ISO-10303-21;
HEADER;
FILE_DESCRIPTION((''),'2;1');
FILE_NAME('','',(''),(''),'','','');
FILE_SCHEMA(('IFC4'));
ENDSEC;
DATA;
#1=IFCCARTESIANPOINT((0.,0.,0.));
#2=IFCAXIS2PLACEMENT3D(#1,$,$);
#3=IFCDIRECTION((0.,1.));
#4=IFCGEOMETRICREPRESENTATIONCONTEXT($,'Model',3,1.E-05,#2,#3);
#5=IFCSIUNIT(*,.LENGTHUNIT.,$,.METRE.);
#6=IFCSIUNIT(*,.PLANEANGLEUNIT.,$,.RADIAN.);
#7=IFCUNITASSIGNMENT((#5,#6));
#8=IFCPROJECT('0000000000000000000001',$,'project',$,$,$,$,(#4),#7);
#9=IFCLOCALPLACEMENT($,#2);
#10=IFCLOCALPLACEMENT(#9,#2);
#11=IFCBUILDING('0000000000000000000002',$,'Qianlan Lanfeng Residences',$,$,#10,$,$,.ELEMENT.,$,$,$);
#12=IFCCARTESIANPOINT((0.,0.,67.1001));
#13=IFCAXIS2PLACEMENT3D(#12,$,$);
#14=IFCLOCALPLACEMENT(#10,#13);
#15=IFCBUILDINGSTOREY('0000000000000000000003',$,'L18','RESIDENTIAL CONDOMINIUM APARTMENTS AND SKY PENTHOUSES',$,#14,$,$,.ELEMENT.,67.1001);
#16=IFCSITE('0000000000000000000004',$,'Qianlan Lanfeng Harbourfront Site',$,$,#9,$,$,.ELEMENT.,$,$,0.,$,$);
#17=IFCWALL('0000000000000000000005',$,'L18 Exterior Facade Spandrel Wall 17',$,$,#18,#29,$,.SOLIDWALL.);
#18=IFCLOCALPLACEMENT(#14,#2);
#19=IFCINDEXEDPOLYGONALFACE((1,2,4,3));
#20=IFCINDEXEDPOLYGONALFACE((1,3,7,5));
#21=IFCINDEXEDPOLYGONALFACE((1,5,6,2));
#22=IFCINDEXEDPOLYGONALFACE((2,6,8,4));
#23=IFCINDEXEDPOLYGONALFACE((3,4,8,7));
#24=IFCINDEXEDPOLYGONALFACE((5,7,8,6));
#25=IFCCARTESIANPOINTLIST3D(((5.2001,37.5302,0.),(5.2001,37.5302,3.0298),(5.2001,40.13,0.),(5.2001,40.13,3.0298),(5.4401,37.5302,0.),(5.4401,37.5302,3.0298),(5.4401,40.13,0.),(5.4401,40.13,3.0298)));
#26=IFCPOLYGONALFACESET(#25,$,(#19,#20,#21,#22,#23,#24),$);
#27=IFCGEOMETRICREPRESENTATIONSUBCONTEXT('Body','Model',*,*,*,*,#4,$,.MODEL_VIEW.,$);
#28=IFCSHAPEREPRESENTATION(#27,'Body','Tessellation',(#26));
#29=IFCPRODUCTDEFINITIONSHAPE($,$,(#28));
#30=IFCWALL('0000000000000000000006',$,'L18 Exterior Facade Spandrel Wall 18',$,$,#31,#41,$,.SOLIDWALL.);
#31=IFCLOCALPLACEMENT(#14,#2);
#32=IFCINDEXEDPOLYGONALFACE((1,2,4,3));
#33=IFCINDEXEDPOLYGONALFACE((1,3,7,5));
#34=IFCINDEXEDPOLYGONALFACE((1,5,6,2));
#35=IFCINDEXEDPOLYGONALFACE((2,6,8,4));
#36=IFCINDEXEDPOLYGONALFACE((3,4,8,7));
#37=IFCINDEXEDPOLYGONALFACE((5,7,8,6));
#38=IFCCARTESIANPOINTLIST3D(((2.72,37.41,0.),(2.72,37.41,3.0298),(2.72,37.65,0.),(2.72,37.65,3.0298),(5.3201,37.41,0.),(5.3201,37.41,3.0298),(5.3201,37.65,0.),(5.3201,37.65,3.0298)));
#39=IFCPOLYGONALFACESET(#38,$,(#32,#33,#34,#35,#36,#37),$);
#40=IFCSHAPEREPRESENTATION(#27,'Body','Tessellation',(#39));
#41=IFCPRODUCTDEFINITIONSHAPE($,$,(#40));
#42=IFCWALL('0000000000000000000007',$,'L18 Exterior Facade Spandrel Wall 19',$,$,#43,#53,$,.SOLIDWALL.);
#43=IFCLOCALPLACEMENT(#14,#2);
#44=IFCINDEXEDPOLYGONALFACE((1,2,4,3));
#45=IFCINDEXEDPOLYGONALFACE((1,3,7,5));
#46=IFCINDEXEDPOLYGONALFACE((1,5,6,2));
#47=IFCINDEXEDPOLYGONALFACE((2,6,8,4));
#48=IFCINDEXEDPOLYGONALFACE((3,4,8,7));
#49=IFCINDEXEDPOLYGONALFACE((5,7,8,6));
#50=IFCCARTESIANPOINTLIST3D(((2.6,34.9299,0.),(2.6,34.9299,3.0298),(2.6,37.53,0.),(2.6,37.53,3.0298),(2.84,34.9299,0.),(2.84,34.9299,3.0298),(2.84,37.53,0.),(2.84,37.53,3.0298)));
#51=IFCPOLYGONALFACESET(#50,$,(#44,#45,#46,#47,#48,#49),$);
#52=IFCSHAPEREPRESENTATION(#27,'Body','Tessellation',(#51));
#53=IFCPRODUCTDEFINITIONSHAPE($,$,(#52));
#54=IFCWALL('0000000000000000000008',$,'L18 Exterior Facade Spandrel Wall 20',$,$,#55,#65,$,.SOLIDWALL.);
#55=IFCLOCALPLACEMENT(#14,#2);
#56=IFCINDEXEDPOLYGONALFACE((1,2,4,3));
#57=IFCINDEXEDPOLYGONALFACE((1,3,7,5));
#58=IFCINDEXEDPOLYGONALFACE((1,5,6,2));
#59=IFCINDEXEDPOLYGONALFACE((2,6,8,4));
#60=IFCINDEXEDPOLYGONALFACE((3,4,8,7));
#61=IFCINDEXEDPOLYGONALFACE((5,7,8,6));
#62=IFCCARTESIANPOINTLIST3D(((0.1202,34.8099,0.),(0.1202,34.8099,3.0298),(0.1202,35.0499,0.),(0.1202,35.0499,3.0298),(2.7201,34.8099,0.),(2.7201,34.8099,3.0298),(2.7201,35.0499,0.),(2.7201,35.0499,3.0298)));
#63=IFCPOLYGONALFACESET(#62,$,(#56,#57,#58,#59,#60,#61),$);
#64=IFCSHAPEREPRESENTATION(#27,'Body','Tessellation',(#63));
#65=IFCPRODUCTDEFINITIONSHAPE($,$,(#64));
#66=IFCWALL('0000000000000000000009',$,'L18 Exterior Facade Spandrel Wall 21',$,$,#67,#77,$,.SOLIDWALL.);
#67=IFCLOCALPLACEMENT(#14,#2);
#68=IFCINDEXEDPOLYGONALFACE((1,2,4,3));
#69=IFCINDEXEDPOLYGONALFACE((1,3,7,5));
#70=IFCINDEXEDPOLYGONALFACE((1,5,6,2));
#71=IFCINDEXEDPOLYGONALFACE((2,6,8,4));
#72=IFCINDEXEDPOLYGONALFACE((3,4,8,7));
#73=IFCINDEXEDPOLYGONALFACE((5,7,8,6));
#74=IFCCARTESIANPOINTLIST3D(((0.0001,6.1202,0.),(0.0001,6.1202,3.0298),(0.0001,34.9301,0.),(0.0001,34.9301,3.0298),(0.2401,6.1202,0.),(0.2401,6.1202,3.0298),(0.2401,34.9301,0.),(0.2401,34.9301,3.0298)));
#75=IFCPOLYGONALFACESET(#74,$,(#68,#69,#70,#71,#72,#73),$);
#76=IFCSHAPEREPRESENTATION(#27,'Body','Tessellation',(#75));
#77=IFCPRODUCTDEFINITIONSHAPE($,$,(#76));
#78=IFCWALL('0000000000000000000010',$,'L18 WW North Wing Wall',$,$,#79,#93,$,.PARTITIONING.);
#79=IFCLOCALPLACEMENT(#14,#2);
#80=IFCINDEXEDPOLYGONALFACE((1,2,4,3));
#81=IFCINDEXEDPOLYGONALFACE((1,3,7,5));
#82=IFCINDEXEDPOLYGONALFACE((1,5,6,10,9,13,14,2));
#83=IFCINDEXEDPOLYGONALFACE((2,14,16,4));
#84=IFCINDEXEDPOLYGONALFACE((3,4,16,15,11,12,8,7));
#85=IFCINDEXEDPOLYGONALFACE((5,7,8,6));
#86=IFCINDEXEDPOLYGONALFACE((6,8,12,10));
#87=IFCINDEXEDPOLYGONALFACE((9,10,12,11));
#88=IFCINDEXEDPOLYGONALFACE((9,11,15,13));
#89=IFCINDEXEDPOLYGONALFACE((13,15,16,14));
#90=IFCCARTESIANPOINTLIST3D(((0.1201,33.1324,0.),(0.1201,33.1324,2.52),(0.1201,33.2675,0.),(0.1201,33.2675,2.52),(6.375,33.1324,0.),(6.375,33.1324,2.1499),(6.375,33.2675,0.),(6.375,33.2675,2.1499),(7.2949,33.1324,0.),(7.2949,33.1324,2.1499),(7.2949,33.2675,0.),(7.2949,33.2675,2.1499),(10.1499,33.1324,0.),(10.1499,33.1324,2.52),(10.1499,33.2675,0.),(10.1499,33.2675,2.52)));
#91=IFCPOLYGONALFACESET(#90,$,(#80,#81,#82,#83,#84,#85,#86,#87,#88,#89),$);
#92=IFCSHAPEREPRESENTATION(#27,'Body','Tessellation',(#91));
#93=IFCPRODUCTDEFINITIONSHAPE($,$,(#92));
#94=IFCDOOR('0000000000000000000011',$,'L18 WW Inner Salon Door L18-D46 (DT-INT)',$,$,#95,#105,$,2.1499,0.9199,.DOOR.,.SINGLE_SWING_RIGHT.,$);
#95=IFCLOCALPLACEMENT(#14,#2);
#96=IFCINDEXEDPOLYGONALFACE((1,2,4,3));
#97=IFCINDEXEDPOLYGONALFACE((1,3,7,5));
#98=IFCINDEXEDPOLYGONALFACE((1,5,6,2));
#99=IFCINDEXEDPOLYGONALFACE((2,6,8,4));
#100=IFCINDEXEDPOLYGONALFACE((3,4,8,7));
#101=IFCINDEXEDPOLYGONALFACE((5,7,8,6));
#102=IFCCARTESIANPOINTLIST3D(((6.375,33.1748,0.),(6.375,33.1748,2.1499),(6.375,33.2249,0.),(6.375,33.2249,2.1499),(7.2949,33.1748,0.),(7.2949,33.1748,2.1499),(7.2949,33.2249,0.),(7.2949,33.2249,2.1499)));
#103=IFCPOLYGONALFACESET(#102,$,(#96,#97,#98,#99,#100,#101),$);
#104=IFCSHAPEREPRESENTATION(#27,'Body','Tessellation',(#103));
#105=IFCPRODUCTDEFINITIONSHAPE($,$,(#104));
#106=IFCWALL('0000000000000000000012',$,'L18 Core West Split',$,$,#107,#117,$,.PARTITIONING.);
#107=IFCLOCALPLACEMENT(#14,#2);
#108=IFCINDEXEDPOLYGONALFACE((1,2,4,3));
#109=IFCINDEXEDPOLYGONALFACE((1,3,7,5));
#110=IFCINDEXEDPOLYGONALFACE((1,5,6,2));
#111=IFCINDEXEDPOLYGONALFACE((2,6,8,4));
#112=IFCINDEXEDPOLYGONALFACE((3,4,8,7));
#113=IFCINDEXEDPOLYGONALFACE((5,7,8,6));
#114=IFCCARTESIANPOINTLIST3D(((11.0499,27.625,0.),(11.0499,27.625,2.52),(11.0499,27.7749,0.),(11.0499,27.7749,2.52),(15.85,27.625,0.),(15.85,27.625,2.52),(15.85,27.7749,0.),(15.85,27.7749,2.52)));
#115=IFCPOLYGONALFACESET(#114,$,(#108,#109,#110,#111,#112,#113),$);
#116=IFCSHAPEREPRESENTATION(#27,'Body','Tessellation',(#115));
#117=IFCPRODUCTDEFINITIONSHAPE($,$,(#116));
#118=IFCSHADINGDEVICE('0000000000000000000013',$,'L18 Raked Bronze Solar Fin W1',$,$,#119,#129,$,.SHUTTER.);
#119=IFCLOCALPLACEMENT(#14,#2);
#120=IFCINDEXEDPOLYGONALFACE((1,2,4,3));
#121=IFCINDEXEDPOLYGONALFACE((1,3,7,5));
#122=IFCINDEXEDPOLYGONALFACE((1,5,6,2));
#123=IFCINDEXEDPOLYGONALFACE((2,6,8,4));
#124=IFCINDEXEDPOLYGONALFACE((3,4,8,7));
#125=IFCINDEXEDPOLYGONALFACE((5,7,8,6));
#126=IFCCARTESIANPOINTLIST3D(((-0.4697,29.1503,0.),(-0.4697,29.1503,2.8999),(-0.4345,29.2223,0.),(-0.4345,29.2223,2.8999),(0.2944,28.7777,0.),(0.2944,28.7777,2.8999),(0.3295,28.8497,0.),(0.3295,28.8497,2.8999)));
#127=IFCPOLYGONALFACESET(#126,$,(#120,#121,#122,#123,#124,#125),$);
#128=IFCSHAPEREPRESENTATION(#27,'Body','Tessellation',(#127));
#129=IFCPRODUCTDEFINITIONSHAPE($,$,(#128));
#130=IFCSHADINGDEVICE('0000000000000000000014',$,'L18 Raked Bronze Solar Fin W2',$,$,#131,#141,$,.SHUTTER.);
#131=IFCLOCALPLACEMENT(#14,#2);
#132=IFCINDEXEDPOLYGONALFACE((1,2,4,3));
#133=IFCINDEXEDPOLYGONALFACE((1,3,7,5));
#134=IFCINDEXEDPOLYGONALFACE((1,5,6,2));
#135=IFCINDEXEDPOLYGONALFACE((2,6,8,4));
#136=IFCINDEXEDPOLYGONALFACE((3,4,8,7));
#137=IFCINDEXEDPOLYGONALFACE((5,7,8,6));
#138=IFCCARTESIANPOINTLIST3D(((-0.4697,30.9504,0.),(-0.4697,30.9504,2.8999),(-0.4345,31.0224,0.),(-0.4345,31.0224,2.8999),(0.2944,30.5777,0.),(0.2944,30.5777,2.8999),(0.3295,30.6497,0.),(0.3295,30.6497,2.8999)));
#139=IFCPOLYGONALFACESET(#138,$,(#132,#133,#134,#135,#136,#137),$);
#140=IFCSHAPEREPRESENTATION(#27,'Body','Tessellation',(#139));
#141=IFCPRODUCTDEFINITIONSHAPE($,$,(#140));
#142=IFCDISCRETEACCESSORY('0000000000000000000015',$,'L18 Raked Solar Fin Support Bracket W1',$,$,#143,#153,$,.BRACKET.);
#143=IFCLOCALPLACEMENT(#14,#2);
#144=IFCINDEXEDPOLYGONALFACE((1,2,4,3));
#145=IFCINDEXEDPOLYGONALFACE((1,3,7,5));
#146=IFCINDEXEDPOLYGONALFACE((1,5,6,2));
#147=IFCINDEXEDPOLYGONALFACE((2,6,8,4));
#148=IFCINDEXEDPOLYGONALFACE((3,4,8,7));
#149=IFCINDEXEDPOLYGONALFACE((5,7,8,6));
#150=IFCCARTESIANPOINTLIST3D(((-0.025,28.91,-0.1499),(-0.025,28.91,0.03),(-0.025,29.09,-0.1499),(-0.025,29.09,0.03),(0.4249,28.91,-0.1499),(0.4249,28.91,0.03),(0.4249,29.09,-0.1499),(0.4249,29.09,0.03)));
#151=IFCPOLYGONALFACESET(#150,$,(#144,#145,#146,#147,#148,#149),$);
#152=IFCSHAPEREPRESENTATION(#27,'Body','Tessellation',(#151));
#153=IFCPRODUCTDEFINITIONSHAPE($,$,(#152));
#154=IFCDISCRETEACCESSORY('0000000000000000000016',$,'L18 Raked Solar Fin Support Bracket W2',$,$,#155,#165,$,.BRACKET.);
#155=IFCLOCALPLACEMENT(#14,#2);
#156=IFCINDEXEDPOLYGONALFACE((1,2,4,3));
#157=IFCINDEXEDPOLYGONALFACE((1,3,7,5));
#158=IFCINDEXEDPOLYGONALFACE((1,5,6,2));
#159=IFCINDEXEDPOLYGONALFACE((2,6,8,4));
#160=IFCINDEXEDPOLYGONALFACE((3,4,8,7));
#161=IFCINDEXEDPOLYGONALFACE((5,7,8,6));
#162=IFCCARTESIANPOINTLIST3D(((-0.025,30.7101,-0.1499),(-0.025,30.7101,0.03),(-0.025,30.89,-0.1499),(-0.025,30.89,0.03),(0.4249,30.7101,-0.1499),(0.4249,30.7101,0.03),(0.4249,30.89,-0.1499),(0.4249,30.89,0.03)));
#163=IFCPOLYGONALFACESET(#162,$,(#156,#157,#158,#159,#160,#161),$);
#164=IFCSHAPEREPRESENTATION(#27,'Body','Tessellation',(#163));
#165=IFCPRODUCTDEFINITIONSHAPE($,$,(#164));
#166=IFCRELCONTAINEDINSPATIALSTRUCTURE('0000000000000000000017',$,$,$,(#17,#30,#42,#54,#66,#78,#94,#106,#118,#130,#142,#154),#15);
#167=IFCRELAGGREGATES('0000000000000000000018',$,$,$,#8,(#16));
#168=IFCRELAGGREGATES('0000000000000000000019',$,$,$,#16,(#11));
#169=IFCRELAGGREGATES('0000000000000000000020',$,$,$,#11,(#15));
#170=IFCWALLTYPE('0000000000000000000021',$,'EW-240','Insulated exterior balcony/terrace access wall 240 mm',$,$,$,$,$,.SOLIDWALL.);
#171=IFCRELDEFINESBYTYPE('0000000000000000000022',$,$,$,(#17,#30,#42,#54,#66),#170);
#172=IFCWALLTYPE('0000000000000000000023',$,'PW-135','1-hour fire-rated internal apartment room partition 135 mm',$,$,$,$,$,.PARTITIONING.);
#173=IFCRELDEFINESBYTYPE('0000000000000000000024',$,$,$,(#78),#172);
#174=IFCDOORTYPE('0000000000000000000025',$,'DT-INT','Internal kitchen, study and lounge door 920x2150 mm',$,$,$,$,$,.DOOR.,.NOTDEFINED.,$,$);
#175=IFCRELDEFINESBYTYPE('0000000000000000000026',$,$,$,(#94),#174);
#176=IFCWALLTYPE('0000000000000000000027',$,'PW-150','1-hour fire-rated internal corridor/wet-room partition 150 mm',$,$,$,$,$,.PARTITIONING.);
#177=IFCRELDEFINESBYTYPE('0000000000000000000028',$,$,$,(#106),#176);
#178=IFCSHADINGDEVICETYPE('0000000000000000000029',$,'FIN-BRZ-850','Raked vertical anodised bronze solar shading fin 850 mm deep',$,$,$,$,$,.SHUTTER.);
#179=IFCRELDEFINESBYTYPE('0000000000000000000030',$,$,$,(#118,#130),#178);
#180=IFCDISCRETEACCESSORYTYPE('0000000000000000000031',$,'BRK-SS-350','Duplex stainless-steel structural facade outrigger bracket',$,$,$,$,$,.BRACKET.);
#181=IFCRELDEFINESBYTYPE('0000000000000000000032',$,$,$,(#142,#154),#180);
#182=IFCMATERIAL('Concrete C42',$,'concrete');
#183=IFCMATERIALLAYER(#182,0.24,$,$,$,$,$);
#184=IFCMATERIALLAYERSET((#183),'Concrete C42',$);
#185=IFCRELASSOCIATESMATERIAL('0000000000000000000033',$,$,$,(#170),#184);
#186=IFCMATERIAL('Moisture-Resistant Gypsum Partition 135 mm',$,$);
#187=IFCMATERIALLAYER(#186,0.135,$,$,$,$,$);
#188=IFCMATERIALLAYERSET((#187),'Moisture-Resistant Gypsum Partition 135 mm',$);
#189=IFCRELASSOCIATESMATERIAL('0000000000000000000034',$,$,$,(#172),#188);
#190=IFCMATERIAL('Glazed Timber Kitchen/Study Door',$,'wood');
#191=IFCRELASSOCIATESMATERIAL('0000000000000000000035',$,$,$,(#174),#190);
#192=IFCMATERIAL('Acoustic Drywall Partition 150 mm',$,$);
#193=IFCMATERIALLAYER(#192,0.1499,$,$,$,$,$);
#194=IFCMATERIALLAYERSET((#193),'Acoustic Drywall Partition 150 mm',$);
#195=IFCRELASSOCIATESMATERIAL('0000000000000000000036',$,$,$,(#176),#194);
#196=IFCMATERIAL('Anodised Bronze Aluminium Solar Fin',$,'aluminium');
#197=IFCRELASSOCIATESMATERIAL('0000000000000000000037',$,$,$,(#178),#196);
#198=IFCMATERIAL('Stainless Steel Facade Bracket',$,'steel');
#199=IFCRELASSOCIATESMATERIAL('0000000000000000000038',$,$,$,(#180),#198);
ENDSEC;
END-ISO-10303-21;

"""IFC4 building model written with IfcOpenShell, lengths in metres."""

from ifc_helpers import new_model, si_unit, direction, frame, frame_2d, origin, origin_2d, place, context, subcontext, project, spatial, rectangle, extrude, source, transform, mapped, material, layer, layer_set, type_object, element, fill, save


model = new_model("IFC4")

# Units and contexts
model_context = context("Model", 3, precision=1e-05, world=origin(), true_north=direction((0.0, 1.0)))
body_context = subcontext(model_context, "Body", "Model", "MODEL_VIEW")
ifc_project = project(units=[si_unit("LENGTHUNIT", "METRE"), si_unit("PLANEANGLEUNIT", "RADIAN")], contexts=[model_context])

# Site, building, storey
site_placement = place(None, origin())
site = spatial("IfcSite", under=ifc_project, at=site_placement, Name="Qianlan Lanfeng Harbourfront Site", CompositionType="ELEMENT", RefElevation=0.0)
building_placement = place(site_placement, origin())
building = spatial("IfcBuilding", under=site, at=building_placement, Name="Qianlan Lanfeng Residences", CompositionType="ELEMENT")
storey_placement = place(building_placement, frame((0.0, 0.0, 67.1001)))
storey = spatial("IfcBuildingStorey", under=building, at=storey_placement, Name="L18", Description="RESIDENTIAL CONDOMINIUM APARTMENTS AND SKY PENTHOUSES", CompositionType="ELEMENT", Elevation=67.1001)

# Walls
ifc_material_1 = material(Name="Concrete C42", Category="concrete")
ifc_layer_1 = layer(ifc_material_1, 0.24)
ifc_layer_set_1 = layer_set([ifc_layer_1], Name="Concrete C42")
wall_type_1 = type_object("IfcWallType", Name="EW-240", Description="Insulated exterior balcony/terrace access wall 240 mm", PredefinedType="SOLIDWALL", material=ifc_layer_set_1)
wall_1_placement = place(storey_placement, frame((5.3201, 40.1299, 0.0), z_axis=(0.0, 0.0, 1.0), x_axis=(0.0, -1.0, 0.0)))
element("IfcWall", 1, at=wall_1_placement, inside=storey, type_object=wall_type_1, Name="L18 Exterior Facade Spandrel Wall 17", PredefinedType="SOLIDWALL", context=body_context, shape_type="SweptSolid", body=[
    extrude(rectangle(XDim=2.5999, YDim=0.24, at=frame_2d((1.2998, 0.0))), origin(), (0.0, 0.0, 1.0), 3.0298),
])
for number, where, z_axis, x_axis, name in (
    (2, (5.3201, 37.53, 0.0), (0.0, 0.0, 1.0), (-1.0, 0.0, 0.0), "L18 Exterior Facade Spandrel Wall 18"),
    (3, (2.72, 37.53, 0.0), (0.0, 0.0, 1.0), (0.0, -1.0, 0.0), "L18 Exterior Facade Spandrel Wall 19"),
):
    element("IfcWall", number, at=place(storey_placement, frame(where, z_axis=z_axis, x_axis=x_axis)), inside=storey, type_object=wall_type_1, Name=name, PredefinedType="SOLIDWALL", context=body_context, shape_type="SweptSolid", body=[
        extrude(rectangle(XDim=2.6001, YDim=0.24, at=frame_2d((1.3, 0.0))), origin(), (0.0, 0.0, 1.0), 3.0298),
    ])
wall_2_placement = place(storey_placement, frame((2.72, 34.9299, 0.0), z_axis=(0.0, 0.0, 1.0), x_axis=(-1.0, 0.0, 0.0)))
element("IfcWall", 4, at=wall_2_placement, inside=storey, type_object=wall_type_1, Name="L18 Exterior Facade Spandrel Wall 20", PredefinedType="SOLIDWALL", context=body_context, shape_type="SweptSolid", body=[
    extrude(rectangle(XDim=2.5999, YDim=0.24, at=frame_2d((1.2998, 0.0))), origin(), (0.0, 0.0, 1.0), 3.0298),
])
wall_3_placement = place(storey_placement, frame((0.1201, 34.9299, 0.0), z_axis=(0.0, 0.0, 1.0), x_axis=(0.0, -1.0, 0.0)))
element("IfcWall", 5, at=wall_3_placement, inside=storey, type_object=wall_type_1, Name="L18 Exterior Facade Spandrel Wall 21", PredefinedType="SOLIDWALL", context=body_context, shape_type="SweptSolid", body=[
    extrude(rectangle(XDim=28.8098, YDim=0.24, at=frame_2d((14.4048, 0.0))), origin(), (0.0, 0.0, 1.0), 3.0298),
])

# Wall, opening, door
ifc_material_2 = material(Name="Moisture-Resistant Gypsum Partition 135 mm")
ifc_layer_2 = layer(ifc_material_2, 0.135)
ifc_layer_set_2 = layer_set([ifc_layer_2], Name="Moisture-Resistant Gypsum Partition 135 mm")
wall_type_2 = type_object("IfcWallType", Name="PW-135", Description="1-hour fire-rated internal apartment room partition 135 mm", PredefinedType="PARTITIONING", material=ifc_layer_set_2)
wall_4_placement = place(storey_placement, frame((0.1201, 33.2, 0.0), z_axis=(0.0, 0.0, 1.0), x_axis=(1.0, 0.0, 0.0)))
wall_4 = element("IfcWall", 6, at=wall_4_placement, inside=storey, type_object=wall_type_2, Name="L18 WW North Wing Wall", PredefinedType="PARTITIONING", context=body_context, shape_type="SweptSolid", body=[
    extrude(rectangle(XDim=10.0298, YDim=0.135, at=frame_2d((5.0149, 0.0))), origin(), (0.0, 0.0, 1.0), 2.52),
])
opening_1_placement = place(wall_4_placement, frame((6.2549, 0.0, 0.0)))
opening_1 = element("IfcOpeningElement", 7, at=opening_1_placement, cuts=wall_4, PredefinedType="OPENING", context=body_context, shape_type="SweptSolid", body=[
    extrude(rectangle(XDim=0.9199, YDim=2.1499, at=frame_2d((0.46, 1.075))), frame((0.0, 0.0776, 0.0), z_axis=(0.0, -1.0, 0.0), x_axis=(1.0, 0.0, 0.0)), (0.0, 0.0, 1.0), 0.155),
])
ifc_material_3 = material(Name="Glazed Timber Kitchen/Study Door", Category="wood")
door_type_1 = type_object("IfcDoorType", Name="DT-INT", Description="Internal kitchen, study and lounge door 920x2150 mm", OperationType="NOTDEFINED", PredefinedType="DOOR", material=ifc_material_3)
door_1_placement = place(opening_1_placement, origin())
door_1 = element("IfcDoor", 8, at=door_1_placement, inside=storey, type_object=door_type_1, Name="L18 WW Inner Salon Door L18-D46 (DT-INT)", OperationType="SINGLE_SWING_RIGHT", OverallHeight=2.1499, OverallWidth=0.9199, PredefinedType="DOOR", context=body_context, shape_type="SweptSolid", body=[
    extrude(rectangle(XDim=0.9199, YDim=2.1499, at=frame_2d((0.46, 1.075))), frame((0.0, 0.0249, 0.0), z_axis=(0.0, -1.0, 0.0), x_axis=(1.0, 0.0, 0.0)), (0.0, 0.0, 1.0), 0.05),
])
fill(opening_1, door_1)

# Wall
ifc_material_4 = material(Name="Acoustic Drywall Partition 150 mm")
ifc_layer_3 = layer(ifc_material_4, 0.1499)
ifc_layer_set_3 = layer_set([ifc_layer_3], Name="Acoustic Drywall Partition 150 mm")
wall_type_3 = type_object("IfcWallType", Name="PW-150", Description="1-hour fire-rated internal corridor/wet-room partition 150 mm", PredefinedType="PARTITIONING", material=ifc_layer_set_3)
wall_5_placement = place(storey_placement, frame((11.05, 27.7, 0.0), z_axis=(0.0, 0.0, 1.0), x_axis=(1.0, 0.0, 0.0)))
element("IfcWall", 9, at=wall_5_placement, inside=storey, type_object=wall_type_3, Name="L18 Core West Split", PredefinedType="PARTITIONING", context=body_context, shape_type="SweptSolid", body=[
    extrude(rectangle(XDim=4.8, YDim=0.1499, at=frame_2d((2.3999, 0.0))), origin(), (0.0, 0.0, 1.0), 2.52),
])

# Shading devices
ifc_material_5 = material(Name="Anodised Bronze Aluminium Solar Fin", Category="aluminium")
shading_device_type = type_object("IfcShadingDeviceType", Name="FIN-BRZ-850", Description="Raked vertical anodised bronze solar shading fin 850 mm deep", PredefinedType="SHUTTER", material=ifc_material_5)
shared_shape_1 = source(origin(), body_context, "Body", "SweptSolid", [
    extrude(rectangle(XDim=0.8501, YDim=0.0801, at=origin_2d()), origin(), (0.0, 0.0, 1.0), 2.8999),
])
for number, where, z_axis, x_axis, name in (
    (10, (-0.0701, 29.0, 0.0), (0.0, 0.0, 1.0), (0.898794, -0.438371, 0.0), "L18 Raked Bronze Solar Fin W1"),
    (11, (-0.0701, 30.8, 0.0), (0.0, 0.0, 1.0), (0.898794, -0.438371, 0.0), "L18 Raked Bronze Solar Fin W2"),
):
    element("IfcShadingDevice", number, at=place(storey_placement, frame(where, z_axis=z_axis, x_axis=x_axis)), inside=storey, type_object=shading_device_type, Name=name, PredefinedType="SHUTTER", context=body_context, shape_type="MappedRepresentation", body=[
        mapped(shared_shape_1, transform((0.0, 0.0, 0.0), scale=1.0)),
    ])

# Discrete accessories
ifc_material_6 = material(Name="Stainless Steel Facade Bracket", Category="steel")
discrete_accessory_type = type_object("IfcDiscreteAccessoryType", Name="BRK-SS-350", Description="Duplex stainless-steel structural facade outrigger bracket", PredefinedType="BRACKET", material=ifc_material_6)
shared_shape_2 = source(origin(), body_context, "Body", "SweptSolid", [
    extrude(rectangle(XDim=0.45, YDim=0.1799, at=origin_2d()), origin(), (0.0, 0.0, 1.0), 0.1799),
])
for number, where, z_axis, x_axis, name in (
    (12, (0.2, 29.0, -0.1499), (0.0, 0.0, 1.0), (1.0, 0.0, 0.0), "L18 Raked Solar Fin Support Bracket W1"),
    (13, (0.2, 30.8, -0.1499), (0.0, 0.0, 1.0), (1.0, 0.0, 0.0), "L18 Raked Solar Fin Support Bracket W2"),
):
    element("IfcDiscreteAccessory", number, at=place(storey_placement, frame(where, z_axis=z_axis, x_axis=x_axis)), inside=storey, type_object=discrete_accessory_type, Name=name, PredefinedType="BRACKET", context=body_context, shape_type="MappedRepresentation", body=[
        mapped(shared_shape_2, transform((0.0, 0.0, 0.0), scale=1.0)),
    ])

save(model, "model.ifc")
